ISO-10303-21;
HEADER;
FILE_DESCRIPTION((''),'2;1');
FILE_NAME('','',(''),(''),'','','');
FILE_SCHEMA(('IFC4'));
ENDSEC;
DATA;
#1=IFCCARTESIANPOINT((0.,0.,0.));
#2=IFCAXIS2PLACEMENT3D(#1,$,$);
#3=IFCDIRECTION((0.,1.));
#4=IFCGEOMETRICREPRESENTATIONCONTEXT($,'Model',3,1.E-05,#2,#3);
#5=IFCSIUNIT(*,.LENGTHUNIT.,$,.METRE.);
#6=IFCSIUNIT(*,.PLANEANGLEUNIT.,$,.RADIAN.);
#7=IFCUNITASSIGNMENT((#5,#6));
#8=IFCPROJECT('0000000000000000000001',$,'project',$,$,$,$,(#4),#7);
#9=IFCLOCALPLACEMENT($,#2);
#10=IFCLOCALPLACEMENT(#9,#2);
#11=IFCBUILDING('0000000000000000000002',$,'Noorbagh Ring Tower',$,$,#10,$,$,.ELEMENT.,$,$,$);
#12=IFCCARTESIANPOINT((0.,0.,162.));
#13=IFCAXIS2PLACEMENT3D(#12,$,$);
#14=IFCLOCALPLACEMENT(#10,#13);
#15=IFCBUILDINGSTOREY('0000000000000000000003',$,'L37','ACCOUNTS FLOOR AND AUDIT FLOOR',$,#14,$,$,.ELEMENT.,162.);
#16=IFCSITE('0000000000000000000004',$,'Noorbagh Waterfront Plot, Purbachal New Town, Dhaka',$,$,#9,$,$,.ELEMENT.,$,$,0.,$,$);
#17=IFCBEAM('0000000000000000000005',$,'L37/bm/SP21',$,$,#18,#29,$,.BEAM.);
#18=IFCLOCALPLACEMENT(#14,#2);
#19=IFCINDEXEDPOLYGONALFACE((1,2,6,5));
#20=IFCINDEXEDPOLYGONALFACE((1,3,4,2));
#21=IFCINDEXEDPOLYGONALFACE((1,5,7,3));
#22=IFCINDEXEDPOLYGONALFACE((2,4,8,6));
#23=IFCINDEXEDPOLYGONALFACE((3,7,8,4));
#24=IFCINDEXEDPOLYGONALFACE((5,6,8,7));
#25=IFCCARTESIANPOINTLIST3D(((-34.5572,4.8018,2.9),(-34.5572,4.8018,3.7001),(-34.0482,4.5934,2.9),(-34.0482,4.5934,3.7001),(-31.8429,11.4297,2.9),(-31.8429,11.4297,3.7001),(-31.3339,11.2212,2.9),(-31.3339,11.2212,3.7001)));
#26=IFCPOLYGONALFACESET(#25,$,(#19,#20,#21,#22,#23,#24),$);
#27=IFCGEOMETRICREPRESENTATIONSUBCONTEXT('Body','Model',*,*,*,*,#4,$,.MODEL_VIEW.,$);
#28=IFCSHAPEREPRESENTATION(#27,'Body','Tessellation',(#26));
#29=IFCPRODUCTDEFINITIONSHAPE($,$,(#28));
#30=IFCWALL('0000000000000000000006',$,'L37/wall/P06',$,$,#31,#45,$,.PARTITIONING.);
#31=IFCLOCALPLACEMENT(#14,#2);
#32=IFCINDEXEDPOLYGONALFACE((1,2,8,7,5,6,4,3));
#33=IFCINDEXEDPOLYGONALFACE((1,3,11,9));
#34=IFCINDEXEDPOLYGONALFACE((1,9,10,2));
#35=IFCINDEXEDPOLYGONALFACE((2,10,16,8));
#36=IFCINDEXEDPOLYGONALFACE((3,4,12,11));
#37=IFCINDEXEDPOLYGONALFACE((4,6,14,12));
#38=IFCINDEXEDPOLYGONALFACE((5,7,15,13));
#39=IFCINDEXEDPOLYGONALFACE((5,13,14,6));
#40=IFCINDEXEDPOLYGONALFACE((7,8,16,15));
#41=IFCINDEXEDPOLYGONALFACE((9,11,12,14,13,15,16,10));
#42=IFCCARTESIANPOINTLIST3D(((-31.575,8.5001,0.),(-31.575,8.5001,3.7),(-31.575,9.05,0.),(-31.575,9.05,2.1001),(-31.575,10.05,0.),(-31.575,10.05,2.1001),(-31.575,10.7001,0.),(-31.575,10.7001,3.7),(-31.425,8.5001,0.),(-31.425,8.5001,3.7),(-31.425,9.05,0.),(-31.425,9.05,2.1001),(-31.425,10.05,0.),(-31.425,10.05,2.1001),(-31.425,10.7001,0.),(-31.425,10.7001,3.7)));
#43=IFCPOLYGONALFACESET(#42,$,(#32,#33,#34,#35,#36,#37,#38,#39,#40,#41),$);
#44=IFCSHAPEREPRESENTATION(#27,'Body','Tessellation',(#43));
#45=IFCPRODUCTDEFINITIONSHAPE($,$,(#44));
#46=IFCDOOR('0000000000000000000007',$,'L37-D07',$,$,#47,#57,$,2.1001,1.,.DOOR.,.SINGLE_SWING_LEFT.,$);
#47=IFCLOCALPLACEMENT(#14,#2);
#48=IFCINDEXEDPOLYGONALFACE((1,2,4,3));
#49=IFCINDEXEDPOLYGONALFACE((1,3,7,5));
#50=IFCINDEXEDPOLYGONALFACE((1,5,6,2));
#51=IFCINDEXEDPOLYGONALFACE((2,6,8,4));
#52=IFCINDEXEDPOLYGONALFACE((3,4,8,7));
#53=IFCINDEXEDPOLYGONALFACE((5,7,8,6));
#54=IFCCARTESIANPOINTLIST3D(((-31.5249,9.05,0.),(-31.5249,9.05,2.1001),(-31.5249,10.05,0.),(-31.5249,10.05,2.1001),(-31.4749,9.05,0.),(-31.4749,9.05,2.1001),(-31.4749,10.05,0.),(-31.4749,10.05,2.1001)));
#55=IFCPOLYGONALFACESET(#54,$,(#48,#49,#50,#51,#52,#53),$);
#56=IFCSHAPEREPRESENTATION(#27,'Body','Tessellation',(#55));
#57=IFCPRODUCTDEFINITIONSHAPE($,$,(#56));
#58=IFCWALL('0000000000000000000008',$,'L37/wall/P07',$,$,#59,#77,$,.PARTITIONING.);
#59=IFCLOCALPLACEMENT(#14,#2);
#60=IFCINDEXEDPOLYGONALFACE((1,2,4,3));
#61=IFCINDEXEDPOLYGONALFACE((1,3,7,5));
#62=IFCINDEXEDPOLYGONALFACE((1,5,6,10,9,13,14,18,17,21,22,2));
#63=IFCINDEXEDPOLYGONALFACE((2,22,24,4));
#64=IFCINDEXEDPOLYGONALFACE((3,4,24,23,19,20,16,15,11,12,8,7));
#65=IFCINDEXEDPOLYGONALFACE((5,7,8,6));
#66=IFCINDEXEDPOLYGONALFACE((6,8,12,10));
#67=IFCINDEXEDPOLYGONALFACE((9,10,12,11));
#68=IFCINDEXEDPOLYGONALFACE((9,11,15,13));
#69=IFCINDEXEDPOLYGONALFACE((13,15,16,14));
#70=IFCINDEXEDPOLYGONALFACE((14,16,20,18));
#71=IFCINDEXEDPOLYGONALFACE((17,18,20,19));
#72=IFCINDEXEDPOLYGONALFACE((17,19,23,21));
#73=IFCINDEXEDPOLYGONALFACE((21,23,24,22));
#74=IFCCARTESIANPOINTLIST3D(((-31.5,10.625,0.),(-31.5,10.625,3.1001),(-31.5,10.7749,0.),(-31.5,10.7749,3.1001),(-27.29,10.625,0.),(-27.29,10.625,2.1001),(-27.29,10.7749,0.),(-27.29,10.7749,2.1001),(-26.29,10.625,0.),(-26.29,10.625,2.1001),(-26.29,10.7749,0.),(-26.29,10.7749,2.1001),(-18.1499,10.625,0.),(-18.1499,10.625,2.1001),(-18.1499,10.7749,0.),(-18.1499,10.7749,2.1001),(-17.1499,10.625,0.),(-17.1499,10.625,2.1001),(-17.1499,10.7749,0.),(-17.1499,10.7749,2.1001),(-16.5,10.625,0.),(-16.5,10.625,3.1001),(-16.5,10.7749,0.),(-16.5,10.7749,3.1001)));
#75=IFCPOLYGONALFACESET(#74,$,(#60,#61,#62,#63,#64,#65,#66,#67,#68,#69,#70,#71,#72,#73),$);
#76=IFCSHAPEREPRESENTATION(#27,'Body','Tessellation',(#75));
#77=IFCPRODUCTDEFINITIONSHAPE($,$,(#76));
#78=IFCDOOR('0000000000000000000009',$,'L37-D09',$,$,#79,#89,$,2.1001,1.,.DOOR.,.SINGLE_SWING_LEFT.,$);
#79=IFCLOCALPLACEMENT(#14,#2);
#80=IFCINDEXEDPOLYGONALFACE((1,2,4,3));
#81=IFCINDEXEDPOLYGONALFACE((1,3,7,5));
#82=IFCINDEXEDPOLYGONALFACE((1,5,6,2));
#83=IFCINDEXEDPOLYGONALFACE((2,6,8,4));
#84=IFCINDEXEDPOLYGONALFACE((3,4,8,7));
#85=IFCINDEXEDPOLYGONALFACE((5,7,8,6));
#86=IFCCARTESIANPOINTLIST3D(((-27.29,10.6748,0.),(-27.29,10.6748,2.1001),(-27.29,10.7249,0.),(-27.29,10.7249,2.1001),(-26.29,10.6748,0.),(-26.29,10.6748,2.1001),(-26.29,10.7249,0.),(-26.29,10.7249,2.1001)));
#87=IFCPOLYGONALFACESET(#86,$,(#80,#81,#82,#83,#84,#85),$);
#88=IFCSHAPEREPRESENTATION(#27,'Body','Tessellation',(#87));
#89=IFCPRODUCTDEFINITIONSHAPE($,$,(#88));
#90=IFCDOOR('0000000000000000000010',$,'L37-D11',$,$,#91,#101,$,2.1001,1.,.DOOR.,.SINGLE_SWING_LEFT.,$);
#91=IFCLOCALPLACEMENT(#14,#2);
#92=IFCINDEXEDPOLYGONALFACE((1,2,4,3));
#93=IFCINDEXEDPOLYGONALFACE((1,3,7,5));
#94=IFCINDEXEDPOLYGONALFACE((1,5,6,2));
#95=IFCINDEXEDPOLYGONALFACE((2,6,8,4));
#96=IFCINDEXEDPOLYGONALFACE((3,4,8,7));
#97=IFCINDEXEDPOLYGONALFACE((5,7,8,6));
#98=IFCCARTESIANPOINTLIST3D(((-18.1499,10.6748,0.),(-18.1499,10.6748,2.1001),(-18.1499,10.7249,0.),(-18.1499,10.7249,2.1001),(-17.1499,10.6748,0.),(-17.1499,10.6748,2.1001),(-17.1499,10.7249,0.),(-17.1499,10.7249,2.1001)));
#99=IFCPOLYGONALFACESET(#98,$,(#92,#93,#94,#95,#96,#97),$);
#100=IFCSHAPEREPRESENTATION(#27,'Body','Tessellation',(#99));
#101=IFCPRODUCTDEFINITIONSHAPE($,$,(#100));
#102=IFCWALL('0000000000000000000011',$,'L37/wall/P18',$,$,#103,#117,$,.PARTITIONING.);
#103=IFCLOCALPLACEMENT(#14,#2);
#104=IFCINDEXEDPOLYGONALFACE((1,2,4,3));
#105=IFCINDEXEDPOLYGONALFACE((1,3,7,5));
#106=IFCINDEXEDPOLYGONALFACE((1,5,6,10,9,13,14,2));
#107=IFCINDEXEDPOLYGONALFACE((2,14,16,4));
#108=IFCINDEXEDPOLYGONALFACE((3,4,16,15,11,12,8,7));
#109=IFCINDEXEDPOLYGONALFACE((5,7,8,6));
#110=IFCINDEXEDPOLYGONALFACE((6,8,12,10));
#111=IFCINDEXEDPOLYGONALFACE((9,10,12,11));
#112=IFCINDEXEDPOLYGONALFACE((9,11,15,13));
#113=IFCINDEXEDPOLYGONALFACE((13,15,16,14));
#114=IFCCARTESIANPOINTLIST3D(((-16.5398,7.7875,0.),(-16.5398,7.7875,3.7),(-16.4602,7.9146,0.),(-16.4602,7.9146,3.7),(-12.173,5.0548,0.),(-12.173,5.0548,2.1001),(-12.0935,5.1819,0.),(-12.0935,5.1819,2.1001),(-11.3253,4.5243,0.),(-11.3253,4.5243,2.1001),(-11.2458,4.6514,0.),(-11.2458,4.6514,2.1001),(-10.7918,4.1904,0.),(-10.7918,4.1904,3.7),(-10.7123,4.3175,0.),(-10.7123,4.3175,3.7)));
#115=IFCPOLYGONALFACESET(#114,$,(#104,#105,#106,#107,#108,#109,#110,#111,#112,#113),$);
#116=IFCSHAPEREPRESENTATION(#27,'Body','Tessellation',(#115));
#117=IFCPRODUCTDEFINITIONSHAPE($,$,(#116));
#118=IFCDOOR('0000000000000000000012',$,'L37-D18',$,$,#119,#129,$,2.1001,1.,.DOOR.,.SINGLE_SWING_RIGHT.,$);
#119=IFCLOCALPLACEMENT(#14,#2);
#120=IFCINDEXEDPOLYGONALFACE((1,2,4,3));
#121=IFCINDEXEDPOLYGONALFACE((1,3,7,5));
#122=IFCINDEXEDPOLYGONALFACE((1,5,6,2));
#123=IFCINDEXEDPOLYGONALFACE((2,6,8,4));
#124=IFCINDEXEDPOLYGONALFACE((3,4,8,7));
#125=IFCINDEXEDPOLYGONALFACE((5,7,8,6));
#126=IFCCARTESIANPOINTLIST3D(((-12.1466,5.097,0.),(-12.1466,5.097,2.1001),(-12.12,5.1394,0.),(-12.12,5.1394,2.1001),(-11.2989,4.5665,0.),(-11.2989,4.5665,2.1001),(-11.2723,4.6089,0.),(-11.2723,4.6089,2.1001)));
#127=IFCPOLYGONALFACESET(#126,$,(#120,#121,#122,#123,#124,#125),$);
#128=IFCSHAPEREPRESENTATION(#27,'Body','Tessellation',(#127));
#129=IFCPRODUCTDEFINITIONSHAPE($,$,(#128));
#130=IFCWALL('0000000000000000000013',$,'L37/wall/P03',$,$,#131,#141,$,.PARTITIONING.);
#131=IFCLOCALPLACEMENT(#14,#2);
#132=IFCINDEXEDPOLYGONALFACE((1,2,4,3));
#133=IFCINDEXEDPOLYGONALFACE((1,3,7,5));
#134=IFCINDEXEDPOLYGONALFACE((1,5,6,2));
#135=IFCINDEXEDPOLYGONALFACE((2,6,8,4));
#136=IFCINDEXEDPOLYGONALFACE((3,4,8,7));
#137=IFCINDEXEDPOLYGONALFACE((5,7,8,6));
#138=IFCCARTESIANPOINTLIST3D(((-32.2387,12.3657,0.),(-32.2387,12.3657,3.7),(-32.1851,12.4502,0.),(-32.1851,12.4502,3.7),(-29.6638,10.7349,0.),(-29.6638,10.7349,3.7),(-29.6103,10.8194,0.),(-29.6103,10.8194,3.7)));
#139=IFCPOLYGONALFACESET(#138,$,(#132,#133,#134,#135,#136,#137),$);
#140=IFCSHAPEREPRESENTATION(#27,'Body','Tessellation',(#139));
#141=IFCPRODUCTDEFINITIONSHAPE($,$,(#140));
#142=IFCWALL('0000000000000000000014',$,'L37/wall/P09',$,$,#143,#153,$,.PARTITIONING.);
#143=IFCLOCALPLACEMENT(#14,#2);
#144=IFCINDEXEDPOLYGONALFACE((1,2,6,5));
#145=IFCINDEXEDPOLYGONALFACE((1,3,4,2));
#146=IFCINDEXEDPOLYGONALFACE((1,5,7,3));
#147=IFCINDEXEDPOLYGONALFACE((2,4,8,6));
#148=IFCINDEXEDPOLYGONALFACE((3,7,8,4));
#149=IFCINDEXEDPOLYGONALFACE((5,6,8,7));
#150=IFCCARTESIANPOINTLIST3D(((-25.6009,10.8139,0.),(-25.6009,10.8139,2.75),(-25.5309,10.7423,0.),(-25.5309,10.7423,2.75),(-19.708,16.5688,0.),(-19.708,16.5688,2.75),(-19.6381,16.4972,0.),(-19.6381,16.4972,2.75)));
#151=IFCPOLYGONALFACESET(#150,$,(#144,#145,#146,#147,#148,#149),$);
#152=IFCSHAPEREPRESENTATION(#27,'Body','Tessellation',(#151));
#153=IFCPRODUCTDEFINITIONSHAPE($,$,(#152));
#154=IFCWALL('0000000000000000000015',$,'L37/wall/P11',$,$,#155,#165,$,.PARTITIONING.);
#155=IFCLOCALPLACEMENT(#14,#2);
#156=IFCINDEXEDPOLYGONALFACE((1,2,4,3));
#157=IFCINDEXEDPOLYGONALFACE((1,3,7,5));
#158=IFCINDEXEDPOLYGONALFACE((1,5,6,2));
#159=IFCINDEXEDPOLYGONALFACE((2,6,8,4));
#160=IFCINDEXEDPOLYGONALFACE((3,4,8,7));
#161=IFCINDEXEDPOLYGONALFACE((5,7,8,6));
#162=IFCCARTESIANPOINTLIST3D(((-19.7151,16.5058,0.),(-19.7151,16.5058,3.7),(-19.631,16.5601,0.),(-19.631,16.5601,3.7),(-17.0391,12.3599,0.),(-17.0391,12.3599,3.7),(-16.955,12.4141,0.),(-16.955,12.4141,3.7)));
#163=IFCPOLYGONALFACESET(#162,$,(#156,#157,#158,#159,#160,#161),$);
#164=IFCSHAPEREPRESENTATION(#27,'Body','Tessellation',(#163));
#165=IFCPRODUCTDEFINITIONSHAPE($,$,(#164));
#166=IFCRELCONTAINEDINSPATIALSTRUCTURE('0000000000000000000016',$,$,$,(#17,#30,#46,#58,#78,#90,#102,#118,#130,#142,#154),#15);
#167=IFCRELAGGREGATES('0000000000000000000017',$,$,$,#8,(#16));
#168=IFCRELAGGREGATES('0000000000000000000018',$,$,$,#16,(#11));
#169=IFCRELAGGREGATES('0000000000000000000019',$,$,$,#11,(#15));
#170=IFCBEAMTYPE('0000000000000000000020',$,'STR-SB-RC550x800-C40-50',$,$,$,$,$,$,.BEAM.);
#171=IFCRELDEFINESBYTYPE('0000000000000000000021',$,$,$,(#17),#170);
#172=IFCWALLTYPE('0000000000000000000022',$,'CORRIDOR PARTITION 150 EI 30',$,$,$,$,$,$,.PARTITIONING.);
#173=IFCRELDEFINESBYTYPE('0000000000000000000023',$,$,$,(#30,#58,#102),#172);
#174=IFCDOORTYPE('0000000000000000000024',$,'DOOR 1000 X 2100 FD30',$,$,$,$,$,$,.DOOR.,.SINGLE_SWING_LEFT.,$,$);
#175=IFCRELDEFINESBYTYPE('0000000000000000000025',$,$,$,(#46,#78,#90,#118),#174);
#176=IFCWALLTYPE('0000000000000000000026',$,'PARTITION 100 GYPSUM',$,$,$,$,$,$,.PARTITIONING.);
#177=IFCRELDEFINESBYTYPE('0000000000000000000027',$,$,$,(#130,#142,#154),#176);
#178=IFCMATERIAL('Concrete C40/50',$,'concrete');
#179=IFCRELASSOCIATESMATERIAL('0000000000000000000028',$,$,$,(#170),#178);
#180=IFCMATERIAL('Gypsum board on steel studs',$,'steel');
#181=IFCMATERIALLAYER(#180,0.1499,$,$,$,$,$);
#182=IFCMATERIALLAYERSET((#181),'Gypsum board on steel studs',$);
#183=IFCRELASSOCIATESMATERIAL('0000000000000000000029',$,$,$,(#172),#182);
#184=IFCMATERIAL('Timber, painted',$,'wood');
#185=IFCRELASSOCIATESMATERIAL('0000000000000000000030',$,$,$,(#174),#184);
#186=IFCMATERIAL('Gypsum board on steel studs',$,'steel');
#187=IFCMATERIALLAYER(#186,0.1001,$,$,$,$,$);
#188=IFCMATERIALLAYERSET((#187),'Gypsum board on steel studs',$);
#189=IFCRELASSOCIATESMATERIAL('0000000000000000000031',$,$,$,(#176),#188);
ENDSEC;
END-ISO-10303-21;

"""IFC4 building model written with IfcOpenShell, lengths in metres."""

from ifc_helpers import new_model, si_unit, direction, frame, frame_2d, origin, origin_2d, place, context, subcontext, project, spatial, rectangle, extrude, material, layer, layer_set, material_profile, profile_set, type_object, element, fill, save


model = new_model("IFC4")

# Units and contexts
model_context = context("Model", 3, precision=1e-05, world=origin(), true_north=direction((0.0, 1.0)))
body_context = subcontext(model_context, "Body", "Model", "MODEL_VIEW")
ifc_project = project(units=[si_unit("LENGTHUNIT", "METRE"), si_unit("PLANEANGLEUNIT", "RADIAN")], contexts=[model_context])

# Site, building, storey
site_placement = place(None, origin())
site = spatial("IfcSite", under=ifc_project, at=site_placement, Name="Noorbagh Waterfront Plot, Purbachal New Town, Dhaka", CompositionType="ELEMENT", RefElevation=0.0)
building_placement = place(site_placement, origin())
building = spatial("IfcBuilding", under=site, at=building_placement, Name="Noorbagh Ring Tower", CompositionType="ELEMENT")
storey_placement = place(building_placement, frame((0.0, 0.0, 162.0)))
storey = spatial("IfcBuildingStorey", under=building, at=storey_placement, Name="L37", Description="ACCOUNTS FLOOR AND AUDIT FLOOR", CompositionType="ELEMENT", Elevation=162.0)

# Beam
ifc_material_1 = material(Name="Concrete C40/50", Category="concrete")
ifc_material_profile_1 = material_profile(ifc_material_1, rectangle(XDim=0.55, YDim=0.8, at=origin_2d()), Name="RC550x800")
ifc_profile_set_1 = profile_set([ifc_material_profile_1], Name="Concrete C40/50")
beam_type_1 = type_object("IfcBeamType", Name="STR-SB-RC550x800-C40-50", PredefinedType="BEAM", material=ifc_profile_set_1)
beam_1_placement = place(storey_placement, frame((-31.5884, 11.3254, 3.3), z_axis=(-0.378983, -0.925404, 0.0), x_axis=(0.925404, -0.378983, 0.0)))
element("IfcBeam", 1, at=beam_1_placement, inside=storey, type_object=beam_type_1, Name="L37/bm/SP21", PredefinedType="BEAM", context=body_context, shape_type="SweptSolid", body=[
    extrude(rectangle(XDim=0.55, YDim=0.8, at=origin_2d()), origin(), (0.0, 0.0, 1.0), 7.1621),
])

# Wall, opening, door
ifc_material_2 = material(Name="Gypsum board on steel studs", Category="steel")
ifc_layer_1 = layer(ifc_material_2, 0.1499)
ifc_layer_set_1 = layer_set([ifc_layer_1], Name="Gypsum board on steel studs")
wall_type_1 = type_object("IfcWallType", Name="CORRIDOR PARTITION 150 EI 30", PredefinedType="PARTITIONING", material=ifc_layer_set_1)
wall_1_placement = place(storey_placement, frame((-31.5, 8.5, 0.0), z_axis=(0.0, 0.0, 1.0), x_axis=(0.0, 1.0, 0.0)))
wall_1 = element("IfcWall", 2, at=wall_1_placement, inside=storey, type_object=wall_type_1, Name="L37/wall/P06", PredefinedType="PARTITIONING", context=body_context, shape_type="SweptSolid", body=[
    extrude(rectangle(XDim=2.2, YDim=0.1499, at=frame_2d((1.1001, 0.0))), origin(), (0.0, 0.0, 1.0), 3.7),
])
opening_1_placement = place(wall_1_placement, frame((0.55, 0.0, 0.0)))
opening_1 = element("IfcOpeningElement", 3, at=opening_1_placement, cuts=wall_1, PredefinedType="OPENING", context=body_context, shape_type="SweptSolid", body=[
    extrude(rectangle(XDim=1.0, YDim=2.1001, at=frame_2d((0.5, 1.05))), frame((0.0, 0.085, 0.0), z_axis=(0.0, -1.0, 0.0), x_axis=(1.0, 0.0, 0.0)), (0.0, 0.0, 1.0), 0.1699),
])
ifc_material_3 = material(Name="Timber, painted", Category="wood")
door_type = type_object("IfcDoorType", Name="DOOR 1000 X 2100 FD30", OperationType="SINGLE_SWING_LEFT", PredefinedType="DOOR", material=ifc_material_3)
door_1_placement = place(opening_1_placement, origin())
door_1 = element("IfcDoor", 4, at=door_1_placement, inside=storey, type_object=door_type, Name="L37-D07", OperationType="SINGLE_SWING_LEFT", OverallHeight=2.1001, OverallWidth=1.0, PredefinedType="DOOR", context=body_context, shape_type="SweptSolid", body=[
    extrude(rectangle(XDim=1.0, YDim=2.1001, at=frame_2d((0.5, 1.05))), frame((0.0, 0.0249, 0.0), z_axis=(0.0, -1.0, 0.0), x_axis=(1.0, 0.0, 0.0)), (0.0, 0.0, 1.0), 0.05),
])
fill(opening_1, door_1)

# Wall, openings, doors
wall_2_placement = place(storey_placement, frame((-31.5, 10.7, 0.0), z_axis=(0.0, 0.0, 1.0), x_axis=(1.0, 0.0, 0.0)))
wall_2 = element("IfcWall", 5, at=wall_2_placement, inside=storey, type_object=wall_type_1, Name="L37/wall/P07", PredefinedType="PARTITIONING", context=body_context, shape_type="SweptSolid", body=[
    extrude(rectangle(XDim=15.0, YDim=0.1499, at=frame_2d((7.5, 0.0))), origin(), (0.0, 0.0, 1.0), 3.1001),
])
opening_2_placement = place(wall_2_placement, frame((4.21, 0.0, 0.0)))
opening_2 = element("IfcOpeningElement", 6, at=opening_2_placement, cuts=wall_2, PredefinedType="OPENING", context=body_context, shape_type="SweptSolid", body=[
    extrude(rectangle(XDim=1.0, YDim=2.1001, at=frame_2d((0.5, 1.05))), frame((0.0, 0.085, 0.0), z_axis=(0.0, -1.0, 0.0), x_axis=(1.0, 0.0, 0.0)), (0.0, 0.0, 1.0), 0.1699),
])
opening_3_placement = place(wall_2_placement, frame((13.3501, 0.0, 0.0)))
opening_3 = element("IfcOpeningElement", 7, at=opening_3_placement, cuts=wall_2, PredefinedType="OPENING", context=body_context, shape_type="SweptSolid", body=[
    extrude(rectangle(XDim=1.0, YDim=2.1001, at=frame_2d((0.5, 1.05))), frame((0.0, 0.085, 0.0), z_axis=(0.0, -1.0, 0.0), x_axis=(1.0, 0.0, 0.0)), (0.0, 0.0, 1.0), 0.1699),
])
door_2_placement = place(opening_2_placement, origin())
door_2 = element("IfcDoor", 8, at=door_2_placement, inside=storey, type_object=door_type, Name="L37-D09", OperationType="SINGLE_SWING_LEFT", OverallHeight=2.1001, OverallWidth=1.0, PredefinedType="DOOR", context=body_context, shape_type="SweptSolid", body=[
    extrude(rectangle(XDim=1.0, YDim=2.1001, at=frame_2d((0.5, 1.05))), frame((0.0, 0.0249, 0.0), z_axis=(0.0, -1.0, 0.0), x_axis=(1.0, 0.0, 0.0)), (0.0, 0.0, 1.0), 0.05),
])
fill(opening_2, door_2)
door_3_placement = place(opening_3_placement, origin())
door_3 = element("IfcDoor", 9, at=door_3_placement, inside=storey, type_object=door_type, Name="L37-D11", OperationType="SINGLE_SWING_LEFT", OverallHeight=2.1001, OverallWidth=1.0, PredefinedType="DOOR", context=body_context, shape_type="SweptSolid", body=[
    extrude(rectangle(XDim=1.0, YDim=2.1001, at=frame_2d((0.5, 1.05))), frame((0.0, 0.0249, 0.0), z_axis=(0.0, -1.0, 0.0), x_axis=(1.0, 0.0, 0.0)), (0.0, 0.0, 1.0), 0.05),
])
fill(opening_3, door_3)

# Wall, opening, door
wall_3_placement = place(storey_placement, frame((-16.5, 7.8511, 0.0), z_axis=(0.0, 0.0, 1.0), x_axis=(0.847691, -0.530491, 0.0)))
wall_3 = element("IfcWall", 10, at=wall_3_placement, inside=storey, type_object=wall_type_1, Name="L37/wall/P18", PredefinedType="PARTITIONING", context=body_context, shape_type="SweptSolid", body=[
    extrude(rectangle(XDim=6.7808, YDim=0.1499, at=frame_2d((3.3904, 0.0))), origin(), (0.0, 0.0, 1.0), 3.7),
])
opening_4_placement = place(wall_3_placement, frame((5.1514, 0.0, 0.0)))
opening_4 = element("IfcOpeningElement", 11, at=opening_4_placement, cuts=wall_3, PredefinedType="OPENING", context=body_context, shape_type="SweptSolid", body=[
    extrude(rectangle(XDim=1.0, YDim=2.1001, at=frame_2d((0.5, 1.05))), frame((0.0, 0.085, 0.0), z_axis=(0.0, -1.0, 0.0), x_axis=(1.0, 0.0, 0.0)), (0.0, 0.0, 1.0), 0.1699),
])
door_4_placement = place(opening_4_placement, origin())
door_4 = element("IfcDoor", 12, at=door_4_placement, inside=storey, type_object=door_type, Name="L37-D18", OperationType="SINGLE_SWING_RIGHT", OverallHeight=2.1001, OverallWidth=1.0, PredefinedType="DOOR", context=body_context, shape_type="SweptSolid", body=[
    extrude(rectangle(XDim=1.0, YDim=2.1001, at=frame_2d((0.5, 1.05))), frame((0.0, 0.0249, 0.0), z_axis=(0.0, -1.0, 0.0), x_axis=(1.0, 0.0, 0.0)), (0.0, 0.0, 1.0), 0.05),
])
fill(opening_4, door_4)

# Walls
ifc_material_4 = material(Name="Gypsum board on steel studs", Category="steel")
ifc_layer_2 = layer(ifc_material_4, 0.1001)
ifc_layer_set_2 = layer_set([ifc_layer_2], Name="Gypsum board on steel studs")
wall_type_2 = type_object("IfcWallType", Name="PARTITION 100 GYPSUM", PredefinedType="PARTITIONING", material=ifc_layer_set_2)
wall_4_placement = place(storey_placement, frame((-32.2119, 12.408, 0.0), z_axis=(0.0, 0.0, 1.0), x_axis=(0.844811, -0.535065, 0.0)))
element("IfcWall", 13, at=wall_4_placement, inside=storey, type_object=wall_type_2, Name="L37/wall/P03", PredefinedType="PARTITIONING", context=body_context, shape_type="SweptSolid", body=[
    extrude(rectangle(XDim=3.0479, YDim=0.1001, at=frame_2d((1.5239, 0.0))), origin(), (0.0, 0.0, 1.0), 3.7),
])
wall_5_placement = place(storey_placement, frame((-25.5659, 10.7781, 0.0), z_axis=(0.0, 0.0, 1.0), x_axis=(0.715431, 0.698684, 0.0)))
element("IfcWall", 14, at=wall_5_placement, inside=storey, type_object=wall_type_2, Name="L37/wall/P09", PredefinedType="PARTITIONING", context=body_context, shape_type="SweptSolid", body=[
    extrude(rectangle(XDim=8.2368, YDim=0.1001, at=frame_2d((4.1184, 0.0))), origin(), (0.0, 0.0, 1.0), 2.75),
])
wall_6_placement = place(storey_placement, frame((-19.6731, 16.533, 0.0), z_axis=(0.0, 0.0, 1.0), x_axis=(0.542297, -0.840187, 0.0)))
element("IfcWall", 15, at=wall_6_placement, inside=storey, type_object=wall_type_2, Name="L37/wall/P11", PredefinedType="PARTITIONING", context=body_context, shape_type="SweptSolid", body=[
    extrude(rectangle(XDim=4.9346, YDim=0.1001, at=frame_2d((2.4673, 0.0))), origin(), (0.0, 0.0, 1.0), 3.7),
])

save(model, "model.ifc")
